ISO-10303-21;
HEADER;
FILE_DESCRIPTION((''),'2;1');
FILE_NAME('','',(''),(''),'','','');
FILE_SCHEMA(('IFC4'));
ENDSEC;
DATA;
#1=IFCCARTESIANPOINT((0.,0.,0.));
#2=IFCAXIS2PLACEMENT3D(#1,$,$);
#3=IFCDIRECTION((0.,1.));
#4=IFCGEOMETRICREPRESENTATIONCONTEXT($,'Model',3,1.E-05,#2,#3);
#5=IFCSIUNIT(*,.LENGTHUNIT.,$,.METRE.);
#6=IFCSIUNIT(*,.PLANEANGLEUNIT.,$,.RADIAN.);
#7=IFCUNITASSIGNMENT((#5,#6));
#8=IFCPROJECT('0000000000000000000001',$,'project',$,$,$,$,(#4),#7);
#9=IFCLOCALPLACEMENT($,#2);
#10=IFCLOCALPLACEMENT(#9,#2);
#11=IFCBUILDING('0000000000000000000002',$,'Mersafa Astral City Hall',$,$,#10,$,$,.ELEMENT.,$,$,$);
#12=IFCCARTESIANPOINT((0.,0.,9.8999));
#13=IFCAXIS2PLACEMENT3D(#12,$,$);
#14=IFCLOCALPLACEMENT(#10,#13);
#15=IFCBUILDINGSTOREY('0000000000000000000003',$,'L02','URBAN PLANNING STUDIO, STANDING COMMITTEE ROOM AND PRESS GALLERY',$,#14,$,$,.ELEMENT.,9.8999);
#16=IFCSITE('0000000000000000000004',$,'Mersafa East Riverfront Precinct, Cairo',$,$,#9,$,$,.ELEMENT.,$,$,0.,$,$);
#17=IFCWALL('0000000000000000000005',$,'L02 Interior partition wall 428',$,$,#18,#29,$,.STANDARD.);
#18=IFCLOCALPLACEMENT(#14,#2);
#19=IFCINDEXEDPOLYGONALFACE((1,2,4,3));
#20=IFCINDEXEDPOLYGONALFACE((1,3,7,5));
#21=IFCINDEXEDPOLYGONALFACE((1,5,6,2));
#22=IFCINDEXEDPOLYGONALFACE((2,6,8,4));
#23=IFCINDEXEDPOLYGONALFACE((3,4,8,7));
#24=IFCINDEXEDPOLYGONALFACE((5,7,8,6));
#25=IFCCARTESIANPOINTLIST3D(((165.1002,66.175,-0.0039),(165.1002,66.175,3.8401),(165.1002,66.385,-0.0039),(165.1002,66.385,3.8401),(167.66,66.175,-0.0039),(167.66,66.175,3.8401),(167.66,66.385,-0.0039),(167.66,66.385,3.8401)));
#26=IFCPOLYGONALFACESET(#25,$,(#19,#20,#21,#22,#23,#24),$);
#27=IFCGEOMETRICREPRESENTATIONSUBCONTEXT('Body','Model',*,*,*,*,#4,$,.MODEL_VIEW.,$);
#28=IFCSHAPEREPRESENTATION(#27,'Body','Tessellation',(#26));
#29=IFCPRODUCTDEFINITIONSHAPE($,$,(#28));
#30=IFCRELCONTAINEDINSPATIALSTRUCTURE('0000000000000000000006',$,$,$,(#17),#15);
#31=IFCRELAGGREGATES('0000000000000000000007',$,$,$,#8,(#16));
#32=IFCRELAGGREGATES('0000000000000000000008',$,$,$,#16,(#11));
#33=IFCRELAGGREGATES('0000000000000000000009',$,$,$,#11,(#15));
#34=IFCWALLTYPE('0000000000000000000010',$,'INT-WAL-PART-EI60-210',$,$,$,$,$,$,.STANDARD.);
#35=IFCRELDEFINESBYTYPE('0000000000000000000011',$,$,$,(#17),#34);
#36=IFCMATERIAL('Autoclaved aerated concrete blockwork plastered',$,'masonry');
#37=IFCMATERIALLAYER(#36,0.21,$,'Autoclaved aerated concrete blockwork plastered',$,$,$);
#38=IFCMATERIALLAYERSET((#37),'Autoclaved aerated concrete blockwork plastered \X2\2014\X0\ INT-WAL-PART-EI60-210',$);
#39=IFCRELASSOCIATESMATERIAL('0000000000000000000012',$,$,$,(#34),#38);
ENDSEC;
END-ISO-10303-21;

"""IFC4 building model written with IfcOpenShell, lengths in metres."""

from ifc_helpers import new_model, si_unit, direction, frame, frame_2d, origin, place, context, subcontext, project, spatial, rectangle, extrude, material, layer, layer_set, type_object, element, save


model = new_model("IFC4")

# Units and contexts
model_context = context("Model", 3, precision=1e-05, world=origin(), true_north=direction((0.0, 1.0)))
body_context = subcontext(model_context, "Body", "Model", "MODEL_VIEW")
ifc_project = project(units=[si_unit("LENGTHUNIT", "METRE"), si_unit("PLANEANGLEUNIT", "RADIAN")], contexts=[model_context])

# Site, building, storey
site_placement = place(None, origin())
site = spatial("IfcSite", under=ifc_project, at=site_placement, Name="Mersafa East Riverfront Precinct, Cairo", CompositionType="ELEMENT", RefElevation=0.0)
building_placement = place(site_placement, origin())
building = spatial("IfcBuilding", under=site, at=building_placement, Name="Mersafa Astral City Hall", CompositionType="ELEMENT")
storey_placement = place(building_placement, frame((0.0, 0.0, 9.8999)))
storey = spatial("IfcBuildingStorey", under=building, at=storey_placement, Name="L02", Description="URBAN PLANNING STUDIO, STANDING COMMITTEE ROOM AND PRESS GALLERY", CompositionType="ELEMENT", Elevation=9.8999)

# Wall
ifc_material_1 = material(Name="Autoclaved aerated concrete blockwork plastered", Category="masonry")
ifc_layer_1 = layer(ifc_material_1, 0.21, Name="Autoclaved aerated concrete blockwork plastered")
ifc_layer_set_1 = layer_set([ifc_layer_1], Name="Autoclaved aerated concrete blockwork plastered — INT-WAL-PART-EI60-210")
wall_type_1 = type_object("IfcWallType", Name="INT-WAL-PART-EI60-210", PredefinedType="STANDARD", material=ifc_layer_set_1)
wall_1_placement = place(storey_placement, frame((167.6599, 66.28, -0.0039), z_axis=(0.0, 0.0, 1.0), x_axis=(-1.0, 0.0, 0.0)))
element("IfcWall", 1, at=wall_1_placement, inside=storey, type_object=wall_type_1, Name="L02 Interior partition wall 428", PredefinedType="STANDARD", context=body_context, shape_type="SweptSolid", body=[
    extrude(rectangle(XDim=2.5598, YDim=0.21, at=frame_2d((1.2798, 0.0))), origin(), (0.0, 0.0, 1.0), 3.844),
])

save(model, "model.ifc")
